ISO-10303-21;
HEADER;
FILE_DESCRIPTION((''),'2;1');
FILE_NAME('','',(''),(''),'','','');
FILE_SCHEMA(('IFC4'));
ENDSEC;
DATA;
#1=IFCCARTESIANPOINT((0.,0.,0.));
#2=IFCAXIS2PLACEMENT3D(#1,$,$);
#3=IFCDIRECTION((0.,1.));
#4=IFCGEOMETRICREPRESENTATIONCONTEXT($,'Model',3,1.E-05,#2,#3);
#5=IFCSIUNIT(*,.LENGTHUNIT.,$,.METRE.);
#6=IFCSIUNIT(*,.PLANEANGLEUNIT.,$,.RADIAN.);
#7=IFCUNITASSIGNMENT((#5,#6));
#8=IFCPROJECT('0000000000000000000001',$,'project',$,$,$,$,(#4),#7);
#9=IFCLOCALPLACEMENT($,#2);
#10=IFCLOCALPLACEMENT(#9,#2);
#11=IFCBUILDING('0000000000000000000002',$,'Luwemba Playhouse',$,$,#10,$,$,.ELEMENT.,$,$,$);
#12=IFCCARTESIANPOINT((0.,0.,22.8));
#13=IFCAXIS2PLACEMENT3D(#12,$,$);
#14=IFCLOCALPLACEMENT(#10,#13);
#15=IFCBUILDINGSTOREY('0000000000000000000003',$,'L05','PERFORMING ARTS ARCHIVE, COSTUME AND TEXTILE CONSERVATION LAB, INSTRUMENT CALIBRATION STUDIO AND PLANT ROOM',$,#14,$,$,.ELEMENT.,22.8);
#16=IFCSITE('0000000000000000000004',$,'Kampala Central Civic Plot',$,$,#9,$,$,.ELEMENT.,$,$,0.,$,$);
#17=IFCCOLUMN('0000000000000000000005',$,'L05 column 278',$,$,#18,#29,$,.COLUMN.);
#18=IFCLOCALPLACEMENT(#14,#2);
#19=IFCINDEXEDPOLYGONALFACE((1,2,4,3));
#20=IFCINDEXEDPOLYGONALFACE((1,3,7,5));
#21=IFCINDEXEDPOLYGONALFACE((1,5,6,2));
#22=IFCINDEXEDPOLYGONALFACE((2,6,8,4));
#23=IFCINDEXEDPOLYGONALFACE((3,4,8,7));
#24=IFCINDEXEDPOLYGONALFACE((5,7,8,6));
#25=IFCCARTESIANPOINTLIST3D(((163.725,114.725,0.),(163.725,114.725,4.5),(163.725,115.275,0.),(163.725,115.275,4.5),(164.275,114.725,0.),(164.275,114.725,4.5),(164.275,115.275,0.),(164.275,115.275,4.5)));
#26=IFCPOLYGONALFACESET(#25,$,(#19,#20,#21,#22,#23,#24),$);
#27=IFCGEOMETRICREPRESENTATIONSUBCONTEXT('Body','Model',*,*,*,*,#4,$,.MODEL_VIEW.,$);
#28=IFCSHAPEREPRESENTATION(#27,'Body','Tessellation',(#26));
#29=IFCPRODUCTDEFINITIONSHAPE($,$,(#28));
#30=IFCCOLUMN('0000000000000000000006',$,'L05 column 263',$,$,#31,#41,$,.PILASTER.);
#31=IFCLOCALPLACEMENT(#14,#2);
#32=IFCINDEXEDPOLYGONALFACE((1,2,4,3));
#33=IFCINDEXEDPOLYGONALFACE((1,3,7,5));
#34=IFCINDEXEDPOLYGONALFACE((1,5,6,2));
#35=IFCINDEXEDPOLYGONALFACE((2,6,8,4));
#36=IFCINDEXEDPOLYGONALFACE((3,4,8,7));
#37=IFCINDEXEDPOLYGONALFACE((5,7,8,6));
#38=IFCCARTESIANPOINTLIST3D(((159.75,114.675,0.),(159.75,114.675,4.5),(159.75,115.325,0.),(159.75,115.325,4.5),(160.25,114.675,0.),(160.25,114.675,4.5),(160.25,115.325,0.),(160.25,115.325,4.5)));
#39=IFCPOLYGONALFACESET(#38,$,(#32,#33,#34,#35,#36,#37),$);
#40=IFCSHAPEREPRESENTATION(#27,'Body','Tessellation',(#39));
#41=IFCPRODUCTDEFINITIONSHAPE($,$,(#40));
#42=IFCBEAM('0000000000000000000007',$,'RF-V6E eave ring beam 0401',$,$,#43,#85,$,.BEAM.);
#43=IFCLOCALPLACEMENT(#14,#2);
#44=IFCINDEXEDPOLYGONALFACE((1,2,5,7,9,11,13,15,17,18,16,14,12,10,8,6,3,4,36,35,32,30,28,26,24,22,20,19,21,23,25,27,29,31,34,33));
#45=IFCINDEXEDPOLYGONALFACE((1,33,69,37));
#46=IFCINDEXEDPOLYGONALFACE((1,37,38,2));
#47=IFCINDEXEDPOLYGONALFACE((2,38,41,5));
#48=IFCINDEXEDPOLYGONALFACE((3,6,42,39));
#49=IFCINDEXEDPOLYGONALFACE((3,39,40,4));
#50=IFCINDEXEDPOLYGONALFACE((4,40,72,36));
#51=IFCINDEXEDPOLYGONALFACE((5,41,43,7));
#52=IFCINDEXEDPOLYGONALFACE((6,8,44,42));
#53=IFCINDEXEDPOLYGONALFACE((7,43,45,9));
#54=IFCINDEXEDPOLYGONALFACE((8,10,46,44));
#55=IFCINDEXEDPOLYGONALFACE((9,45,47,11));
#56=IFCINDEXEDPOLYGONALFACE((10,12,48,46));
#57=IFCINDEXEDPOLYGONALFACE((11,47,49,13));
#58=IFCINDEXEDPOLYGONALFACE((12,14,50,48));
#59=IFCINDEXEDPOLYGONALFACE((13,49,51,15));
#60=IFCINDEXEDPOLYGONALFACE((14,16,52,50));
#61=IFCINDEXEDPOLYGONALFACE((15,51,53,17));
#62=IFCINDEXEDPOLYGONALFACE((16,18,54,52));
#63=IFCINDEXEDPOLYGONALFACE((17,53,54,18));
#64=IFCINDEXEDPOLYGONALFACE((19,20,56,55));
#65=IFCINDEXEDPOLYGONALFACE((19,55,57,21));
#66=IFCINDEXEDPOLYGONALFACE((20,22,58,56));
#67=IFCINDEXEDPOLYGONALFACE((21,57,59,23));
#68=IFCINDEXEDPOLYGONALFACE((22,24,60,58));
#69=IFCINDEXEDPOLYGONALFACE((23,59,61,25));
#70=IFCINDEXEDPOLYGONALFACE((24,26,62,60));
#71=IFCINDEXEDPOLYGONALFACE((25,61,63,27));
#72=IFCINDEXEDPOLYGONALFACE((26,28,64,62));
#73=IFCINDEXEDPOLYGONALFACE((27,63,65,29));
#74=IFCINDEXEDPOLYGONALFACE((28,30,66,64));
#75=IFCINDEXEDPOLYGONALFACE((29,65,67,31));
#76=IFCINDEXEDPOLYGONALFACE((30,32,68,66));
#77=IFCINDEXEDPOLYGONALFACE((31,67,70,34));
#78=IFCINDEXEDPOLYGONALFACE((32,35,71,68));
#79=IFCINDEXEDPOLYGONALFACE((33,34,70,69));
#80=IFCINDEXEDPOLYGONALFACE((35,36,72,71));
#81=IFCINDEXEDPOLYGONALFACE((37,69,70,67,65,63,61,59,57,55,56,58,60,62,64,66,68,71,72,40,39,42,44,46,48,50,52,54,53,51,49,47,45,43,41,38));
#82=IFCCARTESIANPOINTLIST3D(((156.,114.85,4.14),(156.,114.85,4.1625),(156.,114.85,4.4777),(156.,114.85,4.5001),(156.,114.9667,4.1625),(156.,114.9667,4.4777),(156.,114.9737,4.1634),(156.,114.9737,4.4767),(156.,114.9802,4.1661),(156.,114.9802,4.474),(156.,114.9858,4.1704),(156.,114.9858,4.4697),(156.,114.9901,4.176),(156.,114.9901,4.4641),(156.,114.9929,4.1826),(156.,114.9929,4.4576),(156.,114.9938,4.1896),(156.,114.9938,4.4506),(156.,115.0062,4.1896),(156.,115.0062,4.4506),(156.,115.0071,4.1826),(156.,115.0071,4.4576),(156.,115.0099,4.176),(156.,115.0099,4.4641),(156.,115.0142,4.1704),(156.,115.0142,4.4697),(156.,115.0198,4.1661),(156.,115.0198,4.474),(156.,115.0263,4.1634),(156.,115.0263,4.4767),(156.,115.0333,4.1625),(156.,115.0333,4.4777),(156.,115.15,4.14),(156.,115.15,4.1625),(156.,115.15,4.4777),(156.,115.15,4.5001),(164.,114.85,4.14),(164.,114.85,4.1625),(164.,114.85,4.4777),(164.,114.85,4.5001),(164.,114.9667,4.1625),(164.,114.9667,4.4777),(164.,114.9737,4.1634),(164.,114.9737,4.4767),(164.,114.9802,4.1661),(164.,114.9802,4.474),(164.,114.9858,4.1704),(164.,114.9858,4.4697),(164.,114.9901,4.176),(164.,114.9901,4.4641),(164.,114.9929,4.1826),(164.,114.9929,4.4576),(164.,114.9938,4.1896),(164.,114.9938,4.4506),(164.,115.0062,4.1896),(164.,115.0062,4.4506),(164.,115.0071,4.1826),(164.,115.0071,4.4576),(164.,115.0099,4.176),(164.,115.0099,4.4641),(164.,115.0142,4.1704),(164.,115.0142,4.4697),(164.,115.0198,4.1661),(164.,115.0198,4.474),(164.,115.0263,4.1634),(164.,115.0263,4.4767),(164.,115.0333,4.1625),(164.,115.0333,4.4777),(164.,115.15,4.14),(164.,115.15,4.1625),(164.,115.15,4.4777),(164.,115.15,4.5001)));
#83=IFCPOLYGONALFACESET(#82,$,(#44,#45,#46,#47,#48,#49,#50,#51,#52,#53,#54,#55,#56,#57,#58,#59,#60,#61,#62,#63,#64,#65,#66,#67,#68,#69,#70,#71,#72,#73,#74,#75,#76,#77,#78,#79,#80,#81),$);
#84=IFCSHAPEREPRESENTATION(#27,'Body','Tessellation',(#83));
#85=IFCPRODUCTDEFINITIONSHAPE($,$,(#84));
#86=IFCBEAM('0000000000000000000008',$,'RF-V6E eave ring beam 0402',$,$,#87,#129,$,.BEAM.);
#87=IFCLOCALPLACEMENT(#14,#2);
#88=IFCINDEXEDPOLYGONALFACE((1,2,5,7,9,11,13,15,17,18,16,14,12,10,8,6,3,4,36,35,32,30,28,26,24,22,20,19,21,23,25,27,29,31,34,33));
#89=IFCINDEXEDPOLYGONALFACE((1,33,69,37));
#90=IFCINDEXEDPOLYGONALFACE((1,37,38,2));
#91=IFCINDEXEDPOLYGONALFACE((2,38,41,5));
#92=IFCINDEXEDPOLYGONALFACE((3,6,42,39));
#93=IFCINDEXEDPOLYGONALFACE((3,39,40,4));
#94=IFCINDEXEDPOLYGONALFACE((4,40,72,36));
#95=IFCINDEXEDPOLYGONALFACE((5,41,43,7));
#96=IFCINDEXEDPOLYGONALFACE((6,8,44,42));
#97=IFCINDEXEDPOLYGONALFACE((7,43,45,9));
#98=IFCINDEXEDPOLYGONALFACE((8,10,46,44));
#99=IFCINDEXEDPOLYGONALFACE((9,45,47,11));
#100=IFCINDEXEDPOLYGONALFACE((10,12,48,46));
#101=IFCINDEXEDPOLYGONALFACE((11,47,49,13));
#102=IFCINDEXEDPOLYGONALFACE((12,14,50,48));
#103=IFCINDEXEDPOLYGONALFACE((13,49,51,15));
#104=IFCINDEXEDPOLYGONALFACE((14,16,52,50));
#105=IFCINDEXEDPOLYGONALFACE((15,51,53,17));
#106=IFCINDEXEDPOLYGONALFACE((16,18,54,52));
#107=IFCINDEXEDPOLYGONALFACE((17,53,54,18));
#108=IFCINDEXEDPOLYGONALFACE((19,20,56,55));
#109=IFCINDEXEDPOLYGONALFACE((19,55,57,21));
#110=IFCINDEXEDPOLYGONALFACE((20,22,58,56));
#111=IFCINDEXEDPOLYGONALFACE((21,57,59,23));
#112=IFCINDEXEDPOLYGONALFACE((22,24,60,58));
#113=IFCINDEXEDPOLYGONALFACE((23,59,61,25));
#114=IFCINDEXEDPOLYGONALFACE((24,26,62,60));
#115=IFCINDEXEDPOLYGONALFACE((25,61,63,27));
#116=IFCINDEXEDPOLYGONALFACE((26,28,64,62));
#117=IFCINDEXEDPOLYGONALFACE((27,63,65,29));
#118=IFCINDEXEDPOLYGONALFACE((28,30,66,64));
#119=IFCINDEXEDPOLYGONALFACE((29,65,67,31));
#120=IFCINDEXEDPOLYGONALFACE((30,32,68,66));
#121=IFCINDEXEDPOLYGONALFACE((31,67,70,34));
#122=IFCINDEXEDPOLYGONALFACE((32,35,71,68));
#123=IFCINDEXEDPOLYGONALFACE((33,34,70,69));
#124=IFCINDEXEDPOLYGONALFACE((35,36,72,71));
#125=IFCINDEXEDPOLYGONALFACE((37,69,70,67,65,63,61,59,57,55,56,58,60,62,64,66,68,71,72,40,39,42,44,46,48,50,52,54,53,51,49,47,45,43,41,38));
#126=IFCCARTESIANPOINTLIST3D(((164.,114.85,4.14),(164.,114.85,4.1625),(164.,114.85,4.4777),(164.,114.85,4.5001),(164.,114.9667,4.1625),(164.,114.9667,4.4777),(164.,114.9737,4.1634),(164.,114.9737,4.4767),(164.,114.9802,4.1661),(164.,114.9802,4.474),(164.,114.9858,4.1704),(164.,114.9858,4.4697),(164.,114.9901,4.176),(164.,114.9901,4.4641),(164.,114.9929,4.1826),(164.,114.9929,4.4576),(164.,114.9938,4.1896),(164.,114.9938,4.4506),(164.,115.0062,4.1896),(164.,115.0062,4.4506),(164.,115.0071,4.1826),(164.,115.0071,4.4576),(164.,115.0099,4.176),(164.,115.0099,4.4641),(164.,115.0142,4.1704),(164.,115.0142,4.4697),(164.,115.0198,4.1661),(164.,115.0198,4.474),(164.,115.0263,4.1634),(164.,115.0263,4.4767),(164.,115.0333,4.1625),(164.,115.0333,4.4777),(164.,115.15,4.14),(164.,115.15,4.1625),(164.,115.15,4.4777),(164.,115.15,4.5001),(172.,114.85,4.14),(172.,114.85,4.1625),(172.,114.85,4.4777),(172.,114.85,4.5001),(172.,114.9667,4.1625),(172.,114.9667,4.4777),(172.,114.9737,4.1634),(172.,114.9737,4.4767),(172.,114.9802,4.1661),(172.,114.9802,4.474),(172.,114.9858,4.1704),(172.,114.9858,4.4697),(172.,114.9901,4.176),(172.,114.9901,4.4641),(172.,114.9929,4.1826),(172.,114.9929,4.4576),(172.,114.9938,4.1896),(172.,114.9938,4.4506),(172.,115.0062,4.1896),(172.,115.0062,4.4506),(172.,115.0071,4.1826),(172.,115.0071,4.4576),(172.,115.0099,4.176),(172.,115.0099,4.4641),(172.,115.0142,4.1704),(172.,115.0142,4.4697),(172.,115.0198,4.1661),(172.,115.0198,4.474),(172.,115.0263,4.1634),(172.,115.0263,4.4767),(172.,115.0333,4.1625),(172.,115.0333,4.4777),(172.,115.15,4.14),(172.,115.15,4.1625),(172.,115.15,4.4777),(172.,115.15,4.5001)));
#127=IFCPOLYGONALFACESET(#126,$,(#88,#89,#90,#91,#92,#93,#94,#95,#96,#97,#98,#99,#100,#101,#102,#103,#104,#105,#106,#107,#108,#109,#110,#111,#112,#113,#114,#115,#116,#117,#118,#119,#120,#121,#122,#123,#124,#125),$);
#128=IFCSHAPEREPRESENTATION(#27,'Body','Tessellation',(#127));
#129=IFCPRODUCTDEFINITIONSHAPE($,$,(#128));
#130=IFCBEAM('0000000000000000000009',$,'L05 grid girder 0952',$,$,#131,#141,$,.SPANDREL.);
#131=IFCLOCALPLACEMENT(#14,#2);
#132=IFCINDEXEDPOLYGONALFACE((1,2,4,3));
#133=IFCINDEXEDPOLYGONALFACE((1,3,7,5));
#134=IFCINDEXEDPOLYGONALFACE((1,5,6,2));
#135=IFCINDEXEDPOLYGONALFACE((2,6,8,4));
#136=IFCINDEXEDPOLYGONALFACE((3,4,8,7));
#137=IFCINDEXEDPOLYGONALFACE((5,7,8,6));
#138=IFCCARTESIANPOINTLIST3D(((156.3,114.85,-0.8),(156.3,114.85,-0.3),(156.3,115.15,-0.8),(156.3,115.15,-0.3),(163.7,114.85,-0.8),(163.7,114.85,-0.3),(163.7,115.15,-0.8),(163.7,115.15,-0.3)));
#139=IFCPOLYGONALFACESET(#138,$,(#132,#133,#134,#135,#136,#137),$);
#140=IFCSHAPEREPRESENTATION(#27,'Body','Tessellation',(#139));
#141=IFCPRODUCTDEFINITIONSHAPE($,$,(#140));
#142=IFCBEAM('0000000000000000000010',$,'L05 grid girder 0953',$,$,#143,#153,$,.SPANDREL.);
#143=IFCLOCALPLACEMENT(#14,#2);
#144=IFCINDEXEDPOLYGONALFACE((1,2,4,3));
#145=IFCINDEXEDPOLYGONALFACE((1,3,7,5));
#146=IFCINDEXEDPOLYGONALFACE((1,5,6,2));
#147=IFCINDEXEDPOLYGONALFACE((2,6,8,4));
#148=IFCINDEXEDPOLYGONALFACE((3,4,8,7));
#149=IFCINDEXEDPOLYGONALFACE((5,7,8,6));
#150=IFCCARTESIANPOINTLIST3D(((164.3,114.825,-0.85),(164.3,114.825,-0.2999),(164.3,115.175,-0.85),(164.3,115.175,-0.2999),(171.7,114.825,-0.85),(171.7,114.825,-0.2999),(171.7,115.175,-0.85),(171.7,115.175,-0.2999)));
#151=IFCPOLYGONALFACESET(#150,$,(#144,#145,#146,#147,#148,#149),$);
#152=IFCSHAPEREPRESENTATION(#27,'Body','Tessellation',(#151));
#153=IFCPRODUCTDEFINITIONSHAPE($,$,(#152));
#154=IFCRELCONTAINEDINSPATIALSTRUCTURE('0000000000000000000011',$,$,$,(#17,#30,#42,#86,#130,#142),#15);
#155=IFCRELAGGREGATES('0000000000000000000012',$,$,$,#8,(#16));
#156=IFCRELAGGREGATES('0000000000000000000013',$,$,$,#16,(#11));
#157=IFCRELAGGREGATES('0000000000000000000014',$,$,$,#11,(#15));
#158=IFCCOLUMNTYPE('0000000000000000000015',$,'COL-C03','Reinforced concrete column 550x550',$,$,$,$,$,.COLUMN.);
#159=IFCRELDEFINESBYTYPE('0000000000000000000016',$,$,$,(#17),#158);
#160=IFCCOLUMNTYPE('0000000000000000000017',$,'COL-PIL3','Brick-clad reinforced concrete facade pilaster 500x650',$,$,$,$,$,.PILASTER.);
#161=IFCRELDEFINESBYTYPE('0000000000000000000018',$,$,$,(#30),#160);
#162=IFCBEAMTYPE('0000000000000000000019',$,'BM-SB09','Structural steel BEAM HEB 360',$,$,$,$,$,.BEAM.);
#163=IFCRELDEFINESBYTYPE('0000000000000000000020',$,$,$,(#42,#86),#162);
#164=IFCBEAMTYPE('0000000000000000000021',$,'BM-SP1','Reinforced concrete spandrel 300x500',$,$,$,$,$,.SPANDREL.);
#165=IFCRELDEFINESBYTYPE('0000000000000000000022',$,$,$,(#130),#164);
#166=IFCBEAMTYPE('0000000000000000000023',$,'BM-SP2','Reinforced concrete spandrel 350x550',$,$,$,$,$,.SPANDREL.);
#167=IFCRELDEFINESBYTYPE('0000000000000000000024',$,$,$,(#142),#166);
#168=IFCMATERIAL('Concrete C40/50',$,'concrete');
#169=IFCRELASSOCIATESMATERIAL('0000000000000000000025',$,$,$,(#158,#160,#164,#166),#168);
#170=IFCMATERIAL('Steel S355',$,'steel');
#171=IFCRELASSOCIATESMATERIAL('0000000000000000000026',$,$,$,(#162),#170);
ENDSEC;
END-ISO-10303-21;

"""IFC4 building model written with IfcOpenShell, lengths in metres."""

from ifc_helpers import new_model, si_unit, direction, frame, origin, origin_2d, place, context, subcontext, project, spatial, rectangle, i_section, extrude, material, material_profile, profile_set, type_object, element, save


model = new_model("IFC4")

# Units and contexts
model_context = context("Model", 3, precision=1e-05, world=origin(), true_north=direction((0.0, 1.0)))
body_context = subcontext(model_context, "Body", "Model", "MODEL_VIEW")
ifc_project = project(units=[si_unit("LENGTHUNIT", "METRE"), si_unit("PLANEANGLEUNIT", "RADIAN")], contexts=[model_context])

# Site, building, storey
site_placement = place(None, origin())
site = spatial("IfcSite", under=ifc_project, at=site_placement, Name="Kampala Central Civic Plot", CompositionType="ELEMENT", RefElevation=0.0)
building_placement = place(site_placement, origin())
building = spatial("IfcBuilding", under=site, at=building_placement, Name="Luwemba Playhouse", CompositionType="ELEMENT")
storey_placement = place(building_placement, frame((0.0, 0.0, 22.8)))
storey = spatial("IfcBuildingStorey", under=building, at=storey_placement, Name="L05", Description="PERFORMING ARTS ARCHIVE, COSTUME AND TEXTILE CONSERVATION LAB, INSTRUMENT CALIBRATION STUDIO AND PLANT ROOM", CompositionType="ELEMENT", Elevation=22.8)

# Columns
ifc_material_1 = material(Name="Concrete C40/50", Category="concrete")
ifc_material_profile_1 = material_profile(ifc_material_1, rectangle(XDim=0.55, YDim=0.55, at=origin_2d()))
ifc_profile_set_1 = profile_set([ifc_material_profile_1], Name="Concrete C40/50")
column_type_1 = type_object("IfcColumnType", Name="COL-C03", Description="Reinforced concrete column 550x550", PredefinedType="COLUMN", material=ifc_profile_set_1)
column_1_placement = place(storey_placement, frame((164.0, 115.0, 0.0), z_axis=(0.0, 0.0, 1.0), x_axis=(1.0, 0.0, 0.0)))
element("IfcColumn", 1, at=column_1_placement, inside=storey, type_object=column_type_1, Name="L05 column 278", PredefinedType="COLUMN", context=body_context, shape_type="SweptSolid", body=[
    extrude(rectangle(XDim=0.55, YDim=0.55, at=origin_2d()), origin(), (0.0, 0.0, 1.0), 4.5),
])
ifc_material_profile_2 = material_profile(ifc_material_1, rectangle(XDim=0.5, YDim=0.6499, at=origin_2d()))
ifc_profile_set_2 = profile_set([ifc_material_profile_2], Name="Concrete C40/50")
column_type_2 = type_object("IfcColumnType", Name="COL-PIL3", Description="Brick-clad reinforced concrete facade pilaster 500x650", PredefinedType="PILASTER", material=ifc_profile_set_2)
column_2_placement = place(storey_placement, frame((160.0, 115.0, 0.0), z_axis=(0.0, 0.0, 1.0), x_axis=(1.0, 0.0, 0.0)))
element("IfcColumn", 2, at=column_2_placement, inside=storey, type_object=column_type_2, Name="L05 column 263", PredefinedType="PILASTER", context=body_context, shape_type="SweptSolid", body=[
    extrude(rectangle(XDim=0.5, YDim=0.6499, at=origin_2d()), origin(), (0.0, 0.0, 1.0), 4.5),
])

# Beams
ifc_material_2 = material(Name="Steel S355", Category="steel")
ifc_material_profile_3 = material_profile(ifc_material_2, i_section(OverallWidth=0.3, OverallDepth=0.3601, WebThickness=0.0125, FlangeThickness=0.0225, FilletRadius=0.0271, at=origin_2d()))
ifc_profile_set_3 = profile_set([ifc_material_profile_3], Name="Steel S355")
beam_type_1 = type_object("IfcBeamType", Name="BM-SB09", Description="Structural steel BEAM HEB 360", PredefinedType="BEAM", material=ifc_profile_set_3)
for number, where, z_axis, x_axis, name in (
    (3, (156.0, 115.0, 4.3201), (1.0, 0.0, 0.0), (0.0, 1.0, 0.0), "RF-V6E eave ring beam 0401"),
    (4, (164.0, 115.0, 4.3201), (1.0, 0.0, 0.0), (0.0, 1.0, 0.0), "RF-V6E eave ring beam 0402"),
):
    element("IfcBeam", number, at=place(storey_placement, frame(where, z_axis=z_axis, x_axis=x_axis)), inside=storey, type_object=beam_type_1, Name=name, PredefinedType="BEAM", context=body_context, shape_type="SweptSolid", body=[
        extrude(i_section(OverallWidth=0.3, OverallDepth=0.3601, WebThickness=0.0125, FlangeThickness=0.0225, FilletRadius=0.0271, at=origin_2d()), origin(), (0.0, 0.0, 1.0), 8.0),
    ])
ifc_material_profile_4 = material_profile(ifc_material_1, rectangle(XDim=0.3, YDim=0.5, at=origin_2d()))
ifc_profile_set_4 = profile_set([ifc_material_profile_4], Name="Concrete C40/50")
beam_type_2 = type_object("IfcBeamType", Name="BM-SP1", Description="Reinforced concrete spandrel 300x500", PredefinedType="SPANDREL", material=ifc_profile_set_4)
beam_1_placement = place(storey_placement, frame((156.3, 115.0, -0.55), z_axis=(1.0, 0.0, 0.0), x_axis=(0.0, 1.0, 0.0)))
element("IfcBeam", 5, at=beam_1_placement, inside=storey, type_object=beam_type_2, Name="L05 grid girder 0952", PredefinedType="SPANDREL", context=body_context, shape_type="SweptSolid", body=[
    extrude(rectangle(XDim=0.3, YDim=0.5, at=origin_2d()), origin(), (0.0, 0.0, 1.0), 7.3999),
])
ifc_material_profile_5 = material_profile(ifc_material_1, rectangle(XDim=0.3501, YDim=0.55, at=origin_2d()))
ifc_profile_set_5 = profile_set([ifc_material_profile_5], Name="Concrete C40/50")
beam_type_3 = type_object("IfcBeamType", Name="BM-SP2", Description="Reinforced concrete spandrel 350x550", PredefinedType="SPANDREL", material=ifc_profile_set_5)
beam_2_placement = place(storey_placement, frame((164.3, 115.0, -0.575), z_axis=(1.0, 0.0, 0.0), x_axis=(0.0, 1.0, 0.0)))
element("IfcBeam", 6, at=beam_2_placement, inside=storey, type_object=beam_type_3, Name="L05 grid girder 0953", PredefinedType="SPANDREL", context=body_context, shape_type="SweptSolid", body=[
    extrude(rectangle(XDim=0.3501, YDim=0.55, at=origin_2d()), origin(), (0.0, 0.0, 1.0), 7.3999),
])

save(model, "model.ifc")
